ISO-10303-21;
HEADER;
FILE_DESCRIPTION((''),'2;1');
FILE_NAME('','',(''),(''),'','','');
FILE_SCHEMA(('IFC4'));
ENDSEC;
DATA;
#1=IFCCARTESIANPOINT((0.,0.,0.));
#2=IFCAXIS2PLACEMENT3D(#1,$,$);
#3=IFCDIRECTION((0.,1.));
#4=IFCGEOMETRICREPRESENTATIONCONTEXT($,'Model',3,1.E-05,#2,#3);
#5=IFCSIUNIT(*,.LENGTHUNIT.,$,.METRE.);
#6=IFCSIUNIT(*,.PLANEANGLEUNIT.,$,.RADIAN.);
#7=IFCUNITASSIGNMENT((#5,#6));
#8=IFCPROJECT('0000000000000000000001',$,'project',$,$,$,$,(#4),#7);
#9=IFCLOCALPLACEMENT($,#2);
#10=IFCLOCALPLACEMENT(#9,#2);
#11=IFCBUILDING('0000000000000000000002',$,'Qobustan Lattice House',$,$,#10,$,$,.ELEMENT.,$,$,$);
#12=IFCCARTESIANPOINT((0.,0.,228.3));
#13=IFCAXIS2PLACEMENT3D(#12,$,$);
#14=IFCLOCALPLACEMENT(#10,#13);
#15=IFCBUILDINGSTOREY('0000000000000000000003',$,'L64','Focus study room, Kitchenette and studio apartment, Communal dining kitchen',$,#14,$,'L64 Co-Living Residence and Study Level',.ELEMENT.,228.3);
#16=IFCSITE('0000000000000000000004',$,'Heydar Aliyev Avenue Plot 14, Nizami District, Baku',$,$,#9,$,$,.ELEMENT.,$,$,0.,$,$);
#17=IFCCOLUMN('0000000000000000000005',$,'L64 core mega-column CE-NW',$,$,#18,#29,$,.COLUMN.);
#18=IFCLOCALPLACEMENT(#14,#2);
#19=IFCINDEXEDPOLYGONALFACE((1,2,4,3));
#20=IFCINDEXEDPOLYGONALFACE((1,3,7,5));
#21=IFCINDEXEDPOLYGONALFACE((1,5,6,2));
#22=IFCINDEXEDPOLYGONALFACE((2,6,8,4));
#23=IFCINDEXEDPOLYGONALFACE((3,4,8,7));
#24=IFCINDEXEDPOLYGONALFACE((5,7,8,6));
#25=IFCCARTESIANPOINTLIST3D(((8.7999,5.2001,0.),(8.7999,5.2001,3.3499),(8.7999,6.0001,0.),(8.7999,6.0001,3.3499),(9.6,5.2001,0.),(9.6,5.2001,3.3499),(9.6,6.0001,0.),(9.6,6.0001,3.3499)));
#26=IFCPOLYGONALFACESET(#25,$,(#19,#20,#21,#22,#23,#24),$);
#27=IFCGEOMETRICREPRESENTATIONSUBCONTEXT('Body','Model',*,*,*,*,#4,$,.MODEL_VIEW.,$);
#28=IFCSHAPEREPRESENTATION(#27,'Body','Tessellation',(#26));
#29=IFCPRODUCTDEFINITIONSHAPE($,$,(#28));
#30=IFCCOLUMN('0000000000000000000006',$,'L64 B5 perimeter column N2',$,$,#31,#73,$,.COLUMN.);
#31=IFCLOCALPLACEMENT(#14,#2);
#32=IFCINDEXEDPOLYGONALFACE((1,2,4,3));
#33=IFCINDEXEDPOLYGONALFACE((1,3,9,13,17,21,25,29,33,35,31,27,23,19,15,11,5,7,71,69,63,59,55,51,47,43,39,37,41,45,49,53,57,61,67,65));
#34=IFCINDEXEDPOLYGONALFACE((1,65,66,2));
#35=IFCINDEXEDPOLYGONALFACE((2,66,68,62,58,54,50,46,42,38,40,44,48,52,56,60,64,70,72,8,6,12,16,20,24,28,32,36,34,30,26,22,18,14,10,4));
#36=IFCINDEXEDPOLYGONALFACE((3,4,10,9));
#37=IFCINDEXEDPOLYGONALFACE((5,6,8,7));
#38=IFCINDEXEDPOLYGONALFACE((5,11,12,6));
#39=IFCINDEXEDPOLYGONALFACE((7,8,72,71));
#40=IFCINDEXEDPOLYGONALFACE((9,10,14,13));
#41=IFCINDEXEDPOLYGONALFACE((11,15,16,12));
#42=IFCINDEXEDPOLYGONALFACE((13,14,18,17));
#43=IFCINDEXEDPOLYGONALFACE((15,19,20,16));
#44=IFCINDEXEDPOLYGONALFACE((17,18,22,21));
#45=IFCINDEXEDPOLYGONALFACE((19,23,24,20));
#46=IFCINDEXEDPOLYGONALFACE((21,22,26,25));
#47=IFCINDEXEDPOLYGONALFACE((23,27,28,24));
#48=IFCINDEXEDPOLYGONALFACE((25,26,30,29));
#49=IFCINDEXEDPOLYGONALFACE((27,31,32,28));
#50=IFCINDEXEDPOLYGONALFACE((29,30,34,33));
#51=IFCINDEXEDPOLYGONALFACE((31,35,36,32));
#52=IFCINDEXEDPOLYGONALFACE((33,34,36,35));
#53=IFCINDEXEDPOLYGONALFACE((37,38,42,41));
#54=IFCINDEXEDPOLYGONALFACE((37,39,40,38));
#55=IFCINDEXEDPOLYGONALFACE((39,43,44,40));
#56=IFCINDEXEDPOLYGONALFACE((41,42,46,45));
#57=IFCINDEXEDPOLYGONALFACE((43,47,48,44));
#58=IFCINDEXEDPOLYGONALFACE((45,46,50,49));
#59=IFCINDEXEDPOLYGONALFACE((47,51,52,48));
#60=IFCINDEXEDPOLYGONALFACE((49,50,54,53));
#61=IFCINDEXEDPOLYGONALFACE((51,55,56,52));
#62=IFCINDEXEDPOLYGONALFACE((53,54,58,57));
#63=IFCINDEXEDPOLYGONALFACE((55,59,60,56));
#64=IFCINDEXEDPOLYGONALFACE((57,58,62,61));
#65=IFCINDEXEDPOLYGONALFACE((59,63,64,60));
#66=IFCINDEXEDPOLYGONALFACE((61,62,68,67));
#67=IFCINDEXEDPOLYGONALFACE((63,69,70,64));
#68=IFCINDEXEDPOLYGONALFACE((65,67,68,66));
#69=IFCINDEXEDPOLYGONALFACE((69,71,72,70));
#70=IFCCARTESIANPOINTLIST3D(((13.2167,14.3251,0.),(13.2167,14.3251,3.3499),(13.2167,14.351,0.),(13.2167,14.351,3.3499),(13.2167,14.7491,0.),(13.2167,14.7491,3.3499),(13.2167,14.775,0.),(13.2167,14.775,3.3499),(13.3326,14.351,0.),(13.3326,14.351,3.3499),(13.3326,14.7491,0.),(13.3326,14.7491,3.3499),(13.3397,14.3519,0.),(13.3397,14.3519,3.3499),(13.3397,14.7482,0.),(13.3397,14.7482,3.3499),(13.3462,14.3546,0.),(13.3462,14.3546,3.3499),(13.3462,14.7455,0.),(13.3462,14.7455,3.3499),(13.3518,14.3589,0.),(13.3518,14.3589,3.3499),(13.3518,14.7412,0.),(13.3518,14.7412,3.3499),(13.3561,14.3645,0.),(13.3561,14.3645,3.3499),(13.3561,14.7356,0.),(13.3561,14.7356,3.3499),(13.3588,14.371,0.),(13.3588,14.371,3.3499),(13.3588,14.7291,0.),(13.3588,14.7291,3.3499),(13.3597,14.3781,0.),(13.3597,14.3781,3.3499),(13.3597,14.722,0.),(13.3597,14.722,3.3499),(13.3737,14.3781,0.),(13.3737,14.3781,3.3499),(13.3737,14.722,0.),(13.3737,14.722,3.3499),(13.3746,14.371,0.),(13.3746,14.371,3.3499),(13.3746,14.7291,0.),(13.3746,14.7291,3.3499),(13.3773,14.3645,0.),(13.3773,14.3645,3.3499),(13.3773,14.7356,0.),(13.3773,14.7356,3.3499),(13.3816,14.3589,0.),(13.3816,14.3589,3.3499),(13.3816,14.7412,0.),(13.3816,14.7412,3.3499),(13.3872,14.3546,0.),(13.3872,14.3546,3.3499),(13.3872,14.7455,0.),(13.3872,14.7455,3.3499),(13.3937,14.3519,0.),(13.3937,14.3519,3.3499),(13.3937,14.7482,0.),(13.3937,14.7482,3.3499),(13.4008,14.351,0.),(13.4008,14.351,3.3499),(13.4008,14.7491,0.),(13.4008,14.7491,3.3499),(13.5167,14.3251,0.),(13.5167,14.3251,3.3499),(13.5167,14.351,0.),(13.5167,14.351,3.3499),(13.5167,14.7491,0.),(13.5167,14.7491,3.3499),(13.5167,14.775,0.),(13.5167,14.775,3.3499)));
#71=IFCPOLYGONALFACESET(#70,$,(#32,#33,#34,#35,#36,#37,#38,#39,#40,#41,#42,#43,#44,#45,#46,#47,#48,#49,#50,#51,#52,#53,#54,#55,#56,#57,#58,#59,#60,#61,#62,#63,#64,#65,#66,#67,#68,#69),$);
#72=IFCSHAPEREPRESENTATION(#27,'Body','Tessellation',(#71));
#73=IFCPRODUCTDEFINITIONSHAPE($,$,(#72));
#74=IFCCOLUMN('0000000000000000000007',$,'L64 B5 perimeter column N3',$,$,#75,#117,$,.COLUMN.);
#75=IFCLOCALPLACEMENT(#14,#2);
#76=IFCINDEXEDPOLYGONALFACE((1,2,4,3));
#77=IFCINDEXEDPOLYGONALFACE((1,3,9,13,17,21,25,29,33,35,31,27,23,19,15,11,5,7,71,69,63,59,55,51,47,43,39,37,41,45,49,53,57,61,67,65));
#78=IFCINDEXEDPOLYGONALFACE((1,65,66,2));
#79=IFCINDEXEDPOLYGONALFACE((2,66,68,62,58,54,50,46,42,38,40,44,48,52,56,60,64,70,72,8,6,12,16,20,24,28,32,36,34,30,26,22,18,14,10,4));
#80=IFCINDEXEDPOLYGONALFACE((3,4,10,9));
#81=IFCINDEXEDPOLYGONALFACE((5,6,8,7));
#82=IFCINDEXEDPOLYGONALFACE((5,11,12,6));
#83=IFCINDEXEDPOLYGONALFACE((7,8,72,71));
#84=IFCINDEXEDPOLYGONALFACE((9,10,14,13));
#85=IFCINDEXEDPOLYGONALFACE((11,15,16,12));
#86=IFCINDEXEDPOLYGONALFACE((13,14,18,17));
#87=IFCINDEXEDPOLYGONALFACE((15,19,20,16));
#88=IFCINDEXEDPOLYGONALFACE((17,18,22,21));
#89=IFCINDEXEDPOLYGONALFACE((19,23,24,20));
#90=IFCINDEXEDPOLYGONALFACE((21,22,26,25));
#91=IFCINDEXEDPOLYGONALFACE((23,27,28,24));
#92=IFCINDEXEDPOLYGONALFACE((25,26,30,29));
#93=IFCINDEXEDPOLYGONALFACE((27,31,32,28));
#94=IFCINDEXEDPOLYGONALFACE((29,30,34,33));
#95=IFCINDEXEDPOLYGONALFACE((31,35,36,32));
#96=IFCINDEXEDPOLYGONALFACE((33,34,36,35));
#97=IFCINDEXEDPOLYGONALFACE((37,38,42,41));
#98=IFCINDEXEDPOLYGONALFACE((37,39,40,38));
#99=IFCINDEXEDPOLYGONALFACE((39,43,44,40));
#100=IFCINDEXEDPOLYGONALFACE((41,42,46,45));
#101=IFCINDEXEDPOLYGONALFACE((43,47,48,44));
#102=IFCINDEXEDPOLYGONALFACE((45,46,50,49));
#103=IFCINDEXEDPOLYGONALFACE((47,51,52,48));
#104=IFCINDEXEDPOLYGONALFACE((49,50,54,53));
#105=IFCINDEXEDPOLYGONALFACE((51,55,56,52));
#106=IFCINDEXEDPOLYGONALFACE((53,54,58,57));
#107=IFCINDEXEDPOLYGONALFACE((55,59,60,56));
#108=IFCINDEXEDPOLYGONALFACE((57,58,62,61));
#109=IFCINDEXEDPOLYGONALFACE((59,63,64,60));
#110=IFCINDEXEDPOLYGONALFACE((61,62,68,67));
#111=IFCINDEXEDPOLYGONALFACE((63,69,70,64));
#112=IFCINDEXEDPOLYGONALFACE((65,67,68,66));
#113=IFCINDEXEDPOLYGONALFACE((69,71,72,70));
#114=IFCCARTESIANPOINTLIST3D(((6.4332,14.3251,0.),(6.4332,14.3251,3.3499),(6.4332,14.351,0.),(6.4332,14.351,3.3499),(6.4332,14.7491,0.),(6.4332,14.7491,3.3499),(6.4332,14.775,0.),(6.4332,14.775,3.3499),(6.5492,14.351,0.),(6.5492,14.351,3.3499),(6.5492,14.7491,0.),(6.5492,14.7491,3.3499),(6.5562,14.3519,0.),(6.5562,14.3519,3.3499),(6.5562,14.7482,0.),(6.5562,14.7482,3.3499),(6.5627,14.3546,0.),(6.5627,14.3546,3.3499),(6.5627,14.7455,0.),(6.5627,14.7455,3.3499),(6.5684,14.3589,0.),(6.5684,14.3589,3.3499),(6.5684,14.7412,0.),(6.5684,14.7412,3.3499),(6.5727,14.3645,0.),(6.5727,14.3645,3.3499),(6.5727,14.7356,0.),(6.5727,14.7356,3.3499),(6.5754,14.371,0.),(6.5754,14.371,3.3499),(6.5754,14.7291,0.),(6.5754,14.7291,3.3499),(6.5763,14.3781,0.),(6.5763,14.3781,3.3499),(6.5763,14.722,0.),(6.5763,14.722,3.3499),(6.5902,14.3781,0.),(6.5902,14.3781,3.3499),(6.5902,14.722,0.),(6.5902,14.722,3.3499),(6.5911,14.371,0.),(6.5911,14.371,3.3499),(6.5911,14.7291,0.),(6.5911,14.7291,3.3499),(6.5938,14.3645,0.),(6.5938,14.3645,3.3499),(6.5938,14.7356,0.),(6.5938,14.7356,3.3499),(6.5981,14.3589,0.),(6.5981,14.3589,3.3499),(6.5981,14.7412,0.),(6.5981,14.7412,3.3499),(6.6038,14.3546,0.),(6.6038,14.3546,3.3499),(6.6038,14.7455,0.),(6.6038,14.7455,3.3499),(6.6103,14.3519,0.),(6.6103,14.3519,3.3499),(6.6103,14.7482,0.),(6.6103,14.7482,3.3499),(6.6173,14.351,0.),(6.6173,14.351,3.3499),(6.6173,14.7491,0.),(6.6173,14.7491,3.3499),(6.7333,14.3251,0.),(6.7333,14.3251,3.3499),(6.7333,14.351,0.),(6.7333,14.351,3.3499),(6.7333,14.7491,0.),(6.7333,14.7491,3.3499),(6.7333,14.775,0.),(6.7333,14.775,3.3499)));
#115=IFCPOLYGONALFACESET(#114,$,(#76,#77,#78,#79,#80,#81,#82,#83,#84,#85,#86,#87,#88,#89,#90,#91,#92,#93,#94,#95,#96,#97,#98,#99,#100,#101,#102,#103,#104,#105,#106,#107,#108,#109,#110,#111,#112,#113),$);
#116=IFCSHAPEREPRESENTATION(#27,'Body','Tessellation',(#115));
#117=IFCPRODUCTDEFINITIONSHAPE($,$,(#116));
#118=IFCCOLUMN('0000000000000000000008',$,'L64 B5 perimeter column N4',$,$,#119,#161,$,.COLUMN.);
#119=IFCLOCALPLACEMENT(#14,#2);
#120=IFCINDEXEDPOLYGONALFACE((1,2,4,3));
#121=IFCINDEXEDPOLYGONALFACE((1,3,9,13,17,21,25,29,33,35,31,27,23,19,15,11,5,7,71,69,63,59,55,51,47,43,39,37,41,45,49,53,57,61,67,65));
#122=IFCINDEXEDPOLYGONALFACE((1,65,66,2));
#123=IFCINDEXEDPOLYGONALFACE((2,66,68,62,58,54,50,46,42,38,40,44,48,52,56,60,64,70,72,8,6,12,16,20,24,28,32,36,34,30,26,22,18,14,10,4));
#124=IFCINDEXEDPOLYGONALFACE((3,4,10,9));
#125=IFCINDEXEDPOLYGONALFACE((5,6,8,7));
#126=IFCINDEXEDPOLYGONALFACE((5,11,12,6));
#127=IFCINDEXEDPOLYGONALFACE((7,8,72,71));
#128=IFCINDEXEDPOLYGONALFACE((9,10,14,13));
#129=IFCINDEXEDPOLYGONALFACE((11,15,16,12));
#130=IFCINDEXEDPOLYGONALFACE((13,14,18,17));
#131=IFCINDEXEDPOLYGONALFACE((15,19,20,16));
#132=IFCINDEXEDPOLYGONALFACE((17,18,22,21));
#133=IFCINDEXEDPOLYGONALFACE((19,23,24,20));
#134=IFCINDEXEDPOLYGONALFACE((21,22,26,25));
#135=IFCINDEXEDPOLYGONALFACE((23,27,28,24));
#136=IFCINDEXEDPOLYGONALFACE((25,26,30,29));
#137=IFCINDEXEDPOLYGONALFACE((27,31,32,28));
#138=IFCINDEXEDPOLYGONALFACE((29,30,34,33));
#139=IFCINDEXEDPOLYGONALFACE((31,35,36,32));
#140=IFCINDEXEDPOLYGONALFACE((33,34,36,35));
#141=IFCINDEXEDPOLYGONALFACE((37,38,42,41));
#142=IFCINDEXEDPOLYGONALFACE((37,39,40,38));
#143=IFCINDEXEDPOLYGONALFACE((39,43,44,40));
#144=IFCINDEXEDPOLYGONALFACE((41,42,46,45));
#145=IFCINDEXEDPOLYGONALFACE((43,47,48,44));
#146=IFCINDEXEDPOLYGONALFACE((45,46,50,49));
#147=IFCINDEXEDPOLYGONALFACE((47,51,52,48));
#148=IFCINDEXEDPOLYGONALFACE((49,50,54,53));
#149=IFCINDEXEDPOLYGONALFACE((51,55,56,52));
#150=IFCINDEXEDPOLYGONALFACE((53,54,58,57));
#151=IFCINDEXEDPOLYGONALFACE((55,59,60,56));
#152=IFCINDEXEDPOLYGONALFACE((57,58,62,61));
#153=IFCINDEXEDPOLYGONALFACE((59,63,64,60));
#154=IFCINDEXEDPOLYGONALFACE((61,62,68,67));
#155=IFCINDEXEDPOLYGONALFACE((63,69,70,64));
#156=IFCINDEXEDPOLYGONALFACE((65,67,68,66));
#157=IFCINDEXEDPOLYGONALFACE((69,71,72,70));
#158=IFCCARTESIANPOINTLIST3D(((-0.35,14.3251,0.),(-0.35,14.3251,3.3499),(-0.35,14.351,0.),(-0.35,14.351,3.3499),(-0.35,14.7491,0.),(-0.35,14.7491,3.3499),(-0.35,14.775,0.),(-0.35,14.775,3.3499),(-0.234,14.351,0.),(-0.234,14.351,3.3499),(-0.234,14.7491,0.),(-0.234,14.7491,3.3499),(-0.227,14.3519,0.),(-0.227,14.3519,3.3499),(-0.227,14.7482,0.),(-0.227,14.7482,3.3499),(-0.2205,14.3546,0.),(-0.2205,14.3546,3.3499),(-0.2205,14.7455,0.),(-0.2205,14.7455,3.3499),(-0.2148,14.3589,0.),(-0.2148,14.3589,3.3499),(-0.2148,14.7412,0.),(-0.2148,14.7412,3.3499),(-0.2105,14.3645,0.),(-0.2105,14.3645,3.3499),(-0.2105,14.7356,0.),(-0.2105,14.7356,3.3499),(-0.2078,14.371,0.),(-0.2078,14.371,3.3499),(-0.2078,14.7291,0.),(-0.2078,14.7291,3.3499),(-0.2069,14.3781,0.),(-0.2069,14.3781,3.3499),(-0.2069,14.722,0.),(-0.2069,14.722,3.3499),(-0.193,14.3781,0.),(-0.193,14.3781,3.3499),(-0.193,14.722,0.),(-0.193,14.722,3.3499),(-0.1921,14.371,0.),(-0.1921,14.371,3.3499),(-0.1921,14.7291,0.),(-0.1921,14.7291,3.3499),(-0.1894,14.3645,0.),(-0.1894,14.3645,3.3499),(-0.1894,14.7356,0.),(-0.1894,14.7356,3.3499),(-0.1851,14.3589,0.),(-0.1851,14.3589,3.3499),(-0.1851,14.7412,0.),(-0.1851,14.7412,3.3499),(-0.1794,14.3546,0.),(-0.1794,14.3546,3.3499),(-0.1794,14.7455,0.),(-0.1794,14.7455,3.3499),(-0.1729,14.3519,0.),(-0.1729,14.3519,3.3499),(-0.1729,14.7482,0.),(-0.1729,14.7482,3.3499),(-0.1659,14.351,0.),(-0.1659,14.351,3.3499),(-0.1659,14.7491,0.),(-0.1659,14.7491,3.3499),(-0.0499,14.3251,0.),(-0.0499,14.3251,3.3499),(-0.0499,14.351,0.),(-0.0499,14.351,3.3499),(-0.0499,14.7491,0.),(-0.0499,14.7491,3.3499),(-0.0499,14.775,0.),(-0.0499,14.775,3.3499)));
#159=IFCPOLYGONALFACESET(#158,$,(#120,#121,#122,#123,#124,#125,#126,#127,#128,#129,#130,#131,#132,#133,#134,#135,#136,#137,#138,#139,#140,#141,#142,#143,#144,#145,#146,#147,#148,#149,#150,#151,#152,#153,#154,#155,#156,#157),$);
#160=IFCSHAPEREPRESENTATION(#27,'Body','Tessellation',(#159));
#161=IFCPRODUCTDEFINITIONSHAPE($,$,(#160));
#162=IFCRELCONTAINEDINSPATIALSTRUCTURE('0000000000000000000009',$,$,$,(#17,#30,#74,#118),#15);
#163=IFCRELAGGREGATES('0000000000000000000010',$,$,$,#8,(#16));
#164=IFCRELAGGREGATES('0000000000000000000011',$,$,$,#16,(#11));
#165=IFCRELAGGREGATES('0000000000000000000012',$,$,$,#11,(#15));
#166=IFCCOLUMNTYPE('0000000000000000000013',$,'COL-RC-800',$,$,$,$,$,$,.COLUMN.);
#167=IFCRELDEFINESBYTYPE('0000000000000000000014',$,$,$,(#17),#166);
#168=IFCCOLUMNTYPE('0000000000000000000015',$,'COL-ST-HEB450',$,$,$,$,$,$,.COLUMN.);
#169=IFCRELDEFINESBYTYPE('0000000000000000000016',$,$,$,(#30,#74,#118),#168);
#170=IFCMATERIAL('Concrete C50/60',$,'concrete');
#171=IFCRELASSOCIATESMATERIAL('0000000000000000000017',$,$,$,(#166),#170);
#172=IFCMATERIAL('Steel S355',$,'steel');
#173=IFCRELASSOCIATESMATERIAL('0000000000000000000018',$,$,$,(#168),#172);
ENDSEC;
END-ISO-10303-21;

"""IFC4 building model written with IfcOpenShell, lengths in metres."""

from ifc_helpers import new_model, si_unit, direction, frame, origin, origin_2d, place, context, subcontext, project, spatial, rectangle, i_section, extrude, material, material_profile, profile_set, type_object, element, save


model = new_model("IFC4")

# Units and contexts
model_context = context("Model", 3, precision=1e-05, world=origin(), true_north=direction((0.0, 1.0)))
body_context = subcontext(model_context, "Body", "Model", "MODEL_VIEW")
ifc_project = project(units=[si_unit("LENGTHUNIT", "METRE"), si_unit("PLANEANGLEUNIT", "RADIAN")], contexts=[model_context])

# Site, building, storey
site_placement = place(None, origin())
site = spatial("IfcSite", under=ifc_project, at=site_placement, Name="Heydar Aliyev Avenue Plot 14, Nizami District, Baku", CompositionType="ELEMENT", RefElevation=0.0)
building_placement = place(site_placement, origin())
building = spatial("IfcBuilding", under=site, at=building_placement, Name="Qobustan Lattice House", CompositionType="ELEMENT")
storey_placement = place(building_placement, frame((0.0, 0.0, 228.3)))
storey = spatial("IfcBuildingStorey", under=building, at=storey_placement, Name="L64", Description="Focus study room, Kitchenette and studio apartment, Communal dining kitchen", LongName="L64 Co-Living Residence and Study Level", CompositionType="ELEMENT", Elevation=228.3)

# Columns
ifc_material_1 = material(Name="Concrete C50/60", Category="concrete")
ifc_material_profile_1 = material_profile(ifc_material_1, rectangle(XDim=0.8, YDim=0.8, at=origin_2d()), Name="RC800x800")
ifc_profile_set_1 = profile_set([ifc_material_profile_1], Name="Concrete C50/60")
column_type_1 = type_object("IfcColumnType", Name="COL-RC-800", PredefinedType="COLUMN", material=ifc_profile_set_1)
column_placement = place(storey_placement, frame((9.2, 5.6001, 0.0), z_axis=(0.0, 0.0, 1.0), x_axis=(1.0, 0.0, 0.0)))
element("IfcColumn", 1, at=column_placement, inside=storey, type_object=column_type_1, Name="L64 core mega-column CE-NW", PredefinedType="COLUMN", context=body_context, shape_type="SweptSolid", body=[
    extrude(rectangle(XDim=0.8, YDim=0.8, at=origin_2d()), origin(), (0.0, 0.0, 1.0), 3.3499),
])
ifc_material_2 = material(Name="Steel S355", Category="steel")
ifc_material_profile_2 = material_profile(ifc_material_2, i_section(OverallWidth=0.3, OverallDepth=0.45, WebThickness=0.0139, FlangeThickness=0.0259, FilletRadius=0.0271, at=origin_2d()), Name="HEB450")
ifc_profile_set_2 = profile_set([ifc_material_profile_2], Name="Steel S355")
column_type_2 = type_object("IfcColumnType", Name="COL-ST-HEB450", PredefinedType="COLUMN", material=ifc_profile_set_2)
for number, where, z_axis, x_axis, name in (
    (2, (13.3667, 14.55, 0.0), (0.0, 0.0, 1.0), (1.0, 0.0, 0.0), "L64 B5 perimeter column N2"),
    (3, (6.5833, 14.55, 0.0), (0.0, 0.0, 1.0), (1.0, 0.0, 0.0), "L64 B5 perimeter column N3"),
    (4, (-0.2, 14.55, 0.0), (0.0, 0.0, 1.0), (1.0, 0.0, 0.0), "L64 B5 perimeter column N4"),
):
    element("IfcColumn", number, at=place(storey_placement, frame(where, z_axis=z_axis, x_axis=x_axis)), inside=storey, type_object=column_type_2, Name=name, PredefinedType="COLUMN", context=body_context, shape_type="SweptSolid", body=[
        extrude(i_section(OverallWidth=0.3, OverallDepth=0.45, WebThickness=0.0139, FlangeThickness=0.0259, FilletRadius=0.0271, at=origin_2d()), origin(), (0.0, 0.0, 1.0), 3.3499),
    ])

save(model, "model.ifc")
